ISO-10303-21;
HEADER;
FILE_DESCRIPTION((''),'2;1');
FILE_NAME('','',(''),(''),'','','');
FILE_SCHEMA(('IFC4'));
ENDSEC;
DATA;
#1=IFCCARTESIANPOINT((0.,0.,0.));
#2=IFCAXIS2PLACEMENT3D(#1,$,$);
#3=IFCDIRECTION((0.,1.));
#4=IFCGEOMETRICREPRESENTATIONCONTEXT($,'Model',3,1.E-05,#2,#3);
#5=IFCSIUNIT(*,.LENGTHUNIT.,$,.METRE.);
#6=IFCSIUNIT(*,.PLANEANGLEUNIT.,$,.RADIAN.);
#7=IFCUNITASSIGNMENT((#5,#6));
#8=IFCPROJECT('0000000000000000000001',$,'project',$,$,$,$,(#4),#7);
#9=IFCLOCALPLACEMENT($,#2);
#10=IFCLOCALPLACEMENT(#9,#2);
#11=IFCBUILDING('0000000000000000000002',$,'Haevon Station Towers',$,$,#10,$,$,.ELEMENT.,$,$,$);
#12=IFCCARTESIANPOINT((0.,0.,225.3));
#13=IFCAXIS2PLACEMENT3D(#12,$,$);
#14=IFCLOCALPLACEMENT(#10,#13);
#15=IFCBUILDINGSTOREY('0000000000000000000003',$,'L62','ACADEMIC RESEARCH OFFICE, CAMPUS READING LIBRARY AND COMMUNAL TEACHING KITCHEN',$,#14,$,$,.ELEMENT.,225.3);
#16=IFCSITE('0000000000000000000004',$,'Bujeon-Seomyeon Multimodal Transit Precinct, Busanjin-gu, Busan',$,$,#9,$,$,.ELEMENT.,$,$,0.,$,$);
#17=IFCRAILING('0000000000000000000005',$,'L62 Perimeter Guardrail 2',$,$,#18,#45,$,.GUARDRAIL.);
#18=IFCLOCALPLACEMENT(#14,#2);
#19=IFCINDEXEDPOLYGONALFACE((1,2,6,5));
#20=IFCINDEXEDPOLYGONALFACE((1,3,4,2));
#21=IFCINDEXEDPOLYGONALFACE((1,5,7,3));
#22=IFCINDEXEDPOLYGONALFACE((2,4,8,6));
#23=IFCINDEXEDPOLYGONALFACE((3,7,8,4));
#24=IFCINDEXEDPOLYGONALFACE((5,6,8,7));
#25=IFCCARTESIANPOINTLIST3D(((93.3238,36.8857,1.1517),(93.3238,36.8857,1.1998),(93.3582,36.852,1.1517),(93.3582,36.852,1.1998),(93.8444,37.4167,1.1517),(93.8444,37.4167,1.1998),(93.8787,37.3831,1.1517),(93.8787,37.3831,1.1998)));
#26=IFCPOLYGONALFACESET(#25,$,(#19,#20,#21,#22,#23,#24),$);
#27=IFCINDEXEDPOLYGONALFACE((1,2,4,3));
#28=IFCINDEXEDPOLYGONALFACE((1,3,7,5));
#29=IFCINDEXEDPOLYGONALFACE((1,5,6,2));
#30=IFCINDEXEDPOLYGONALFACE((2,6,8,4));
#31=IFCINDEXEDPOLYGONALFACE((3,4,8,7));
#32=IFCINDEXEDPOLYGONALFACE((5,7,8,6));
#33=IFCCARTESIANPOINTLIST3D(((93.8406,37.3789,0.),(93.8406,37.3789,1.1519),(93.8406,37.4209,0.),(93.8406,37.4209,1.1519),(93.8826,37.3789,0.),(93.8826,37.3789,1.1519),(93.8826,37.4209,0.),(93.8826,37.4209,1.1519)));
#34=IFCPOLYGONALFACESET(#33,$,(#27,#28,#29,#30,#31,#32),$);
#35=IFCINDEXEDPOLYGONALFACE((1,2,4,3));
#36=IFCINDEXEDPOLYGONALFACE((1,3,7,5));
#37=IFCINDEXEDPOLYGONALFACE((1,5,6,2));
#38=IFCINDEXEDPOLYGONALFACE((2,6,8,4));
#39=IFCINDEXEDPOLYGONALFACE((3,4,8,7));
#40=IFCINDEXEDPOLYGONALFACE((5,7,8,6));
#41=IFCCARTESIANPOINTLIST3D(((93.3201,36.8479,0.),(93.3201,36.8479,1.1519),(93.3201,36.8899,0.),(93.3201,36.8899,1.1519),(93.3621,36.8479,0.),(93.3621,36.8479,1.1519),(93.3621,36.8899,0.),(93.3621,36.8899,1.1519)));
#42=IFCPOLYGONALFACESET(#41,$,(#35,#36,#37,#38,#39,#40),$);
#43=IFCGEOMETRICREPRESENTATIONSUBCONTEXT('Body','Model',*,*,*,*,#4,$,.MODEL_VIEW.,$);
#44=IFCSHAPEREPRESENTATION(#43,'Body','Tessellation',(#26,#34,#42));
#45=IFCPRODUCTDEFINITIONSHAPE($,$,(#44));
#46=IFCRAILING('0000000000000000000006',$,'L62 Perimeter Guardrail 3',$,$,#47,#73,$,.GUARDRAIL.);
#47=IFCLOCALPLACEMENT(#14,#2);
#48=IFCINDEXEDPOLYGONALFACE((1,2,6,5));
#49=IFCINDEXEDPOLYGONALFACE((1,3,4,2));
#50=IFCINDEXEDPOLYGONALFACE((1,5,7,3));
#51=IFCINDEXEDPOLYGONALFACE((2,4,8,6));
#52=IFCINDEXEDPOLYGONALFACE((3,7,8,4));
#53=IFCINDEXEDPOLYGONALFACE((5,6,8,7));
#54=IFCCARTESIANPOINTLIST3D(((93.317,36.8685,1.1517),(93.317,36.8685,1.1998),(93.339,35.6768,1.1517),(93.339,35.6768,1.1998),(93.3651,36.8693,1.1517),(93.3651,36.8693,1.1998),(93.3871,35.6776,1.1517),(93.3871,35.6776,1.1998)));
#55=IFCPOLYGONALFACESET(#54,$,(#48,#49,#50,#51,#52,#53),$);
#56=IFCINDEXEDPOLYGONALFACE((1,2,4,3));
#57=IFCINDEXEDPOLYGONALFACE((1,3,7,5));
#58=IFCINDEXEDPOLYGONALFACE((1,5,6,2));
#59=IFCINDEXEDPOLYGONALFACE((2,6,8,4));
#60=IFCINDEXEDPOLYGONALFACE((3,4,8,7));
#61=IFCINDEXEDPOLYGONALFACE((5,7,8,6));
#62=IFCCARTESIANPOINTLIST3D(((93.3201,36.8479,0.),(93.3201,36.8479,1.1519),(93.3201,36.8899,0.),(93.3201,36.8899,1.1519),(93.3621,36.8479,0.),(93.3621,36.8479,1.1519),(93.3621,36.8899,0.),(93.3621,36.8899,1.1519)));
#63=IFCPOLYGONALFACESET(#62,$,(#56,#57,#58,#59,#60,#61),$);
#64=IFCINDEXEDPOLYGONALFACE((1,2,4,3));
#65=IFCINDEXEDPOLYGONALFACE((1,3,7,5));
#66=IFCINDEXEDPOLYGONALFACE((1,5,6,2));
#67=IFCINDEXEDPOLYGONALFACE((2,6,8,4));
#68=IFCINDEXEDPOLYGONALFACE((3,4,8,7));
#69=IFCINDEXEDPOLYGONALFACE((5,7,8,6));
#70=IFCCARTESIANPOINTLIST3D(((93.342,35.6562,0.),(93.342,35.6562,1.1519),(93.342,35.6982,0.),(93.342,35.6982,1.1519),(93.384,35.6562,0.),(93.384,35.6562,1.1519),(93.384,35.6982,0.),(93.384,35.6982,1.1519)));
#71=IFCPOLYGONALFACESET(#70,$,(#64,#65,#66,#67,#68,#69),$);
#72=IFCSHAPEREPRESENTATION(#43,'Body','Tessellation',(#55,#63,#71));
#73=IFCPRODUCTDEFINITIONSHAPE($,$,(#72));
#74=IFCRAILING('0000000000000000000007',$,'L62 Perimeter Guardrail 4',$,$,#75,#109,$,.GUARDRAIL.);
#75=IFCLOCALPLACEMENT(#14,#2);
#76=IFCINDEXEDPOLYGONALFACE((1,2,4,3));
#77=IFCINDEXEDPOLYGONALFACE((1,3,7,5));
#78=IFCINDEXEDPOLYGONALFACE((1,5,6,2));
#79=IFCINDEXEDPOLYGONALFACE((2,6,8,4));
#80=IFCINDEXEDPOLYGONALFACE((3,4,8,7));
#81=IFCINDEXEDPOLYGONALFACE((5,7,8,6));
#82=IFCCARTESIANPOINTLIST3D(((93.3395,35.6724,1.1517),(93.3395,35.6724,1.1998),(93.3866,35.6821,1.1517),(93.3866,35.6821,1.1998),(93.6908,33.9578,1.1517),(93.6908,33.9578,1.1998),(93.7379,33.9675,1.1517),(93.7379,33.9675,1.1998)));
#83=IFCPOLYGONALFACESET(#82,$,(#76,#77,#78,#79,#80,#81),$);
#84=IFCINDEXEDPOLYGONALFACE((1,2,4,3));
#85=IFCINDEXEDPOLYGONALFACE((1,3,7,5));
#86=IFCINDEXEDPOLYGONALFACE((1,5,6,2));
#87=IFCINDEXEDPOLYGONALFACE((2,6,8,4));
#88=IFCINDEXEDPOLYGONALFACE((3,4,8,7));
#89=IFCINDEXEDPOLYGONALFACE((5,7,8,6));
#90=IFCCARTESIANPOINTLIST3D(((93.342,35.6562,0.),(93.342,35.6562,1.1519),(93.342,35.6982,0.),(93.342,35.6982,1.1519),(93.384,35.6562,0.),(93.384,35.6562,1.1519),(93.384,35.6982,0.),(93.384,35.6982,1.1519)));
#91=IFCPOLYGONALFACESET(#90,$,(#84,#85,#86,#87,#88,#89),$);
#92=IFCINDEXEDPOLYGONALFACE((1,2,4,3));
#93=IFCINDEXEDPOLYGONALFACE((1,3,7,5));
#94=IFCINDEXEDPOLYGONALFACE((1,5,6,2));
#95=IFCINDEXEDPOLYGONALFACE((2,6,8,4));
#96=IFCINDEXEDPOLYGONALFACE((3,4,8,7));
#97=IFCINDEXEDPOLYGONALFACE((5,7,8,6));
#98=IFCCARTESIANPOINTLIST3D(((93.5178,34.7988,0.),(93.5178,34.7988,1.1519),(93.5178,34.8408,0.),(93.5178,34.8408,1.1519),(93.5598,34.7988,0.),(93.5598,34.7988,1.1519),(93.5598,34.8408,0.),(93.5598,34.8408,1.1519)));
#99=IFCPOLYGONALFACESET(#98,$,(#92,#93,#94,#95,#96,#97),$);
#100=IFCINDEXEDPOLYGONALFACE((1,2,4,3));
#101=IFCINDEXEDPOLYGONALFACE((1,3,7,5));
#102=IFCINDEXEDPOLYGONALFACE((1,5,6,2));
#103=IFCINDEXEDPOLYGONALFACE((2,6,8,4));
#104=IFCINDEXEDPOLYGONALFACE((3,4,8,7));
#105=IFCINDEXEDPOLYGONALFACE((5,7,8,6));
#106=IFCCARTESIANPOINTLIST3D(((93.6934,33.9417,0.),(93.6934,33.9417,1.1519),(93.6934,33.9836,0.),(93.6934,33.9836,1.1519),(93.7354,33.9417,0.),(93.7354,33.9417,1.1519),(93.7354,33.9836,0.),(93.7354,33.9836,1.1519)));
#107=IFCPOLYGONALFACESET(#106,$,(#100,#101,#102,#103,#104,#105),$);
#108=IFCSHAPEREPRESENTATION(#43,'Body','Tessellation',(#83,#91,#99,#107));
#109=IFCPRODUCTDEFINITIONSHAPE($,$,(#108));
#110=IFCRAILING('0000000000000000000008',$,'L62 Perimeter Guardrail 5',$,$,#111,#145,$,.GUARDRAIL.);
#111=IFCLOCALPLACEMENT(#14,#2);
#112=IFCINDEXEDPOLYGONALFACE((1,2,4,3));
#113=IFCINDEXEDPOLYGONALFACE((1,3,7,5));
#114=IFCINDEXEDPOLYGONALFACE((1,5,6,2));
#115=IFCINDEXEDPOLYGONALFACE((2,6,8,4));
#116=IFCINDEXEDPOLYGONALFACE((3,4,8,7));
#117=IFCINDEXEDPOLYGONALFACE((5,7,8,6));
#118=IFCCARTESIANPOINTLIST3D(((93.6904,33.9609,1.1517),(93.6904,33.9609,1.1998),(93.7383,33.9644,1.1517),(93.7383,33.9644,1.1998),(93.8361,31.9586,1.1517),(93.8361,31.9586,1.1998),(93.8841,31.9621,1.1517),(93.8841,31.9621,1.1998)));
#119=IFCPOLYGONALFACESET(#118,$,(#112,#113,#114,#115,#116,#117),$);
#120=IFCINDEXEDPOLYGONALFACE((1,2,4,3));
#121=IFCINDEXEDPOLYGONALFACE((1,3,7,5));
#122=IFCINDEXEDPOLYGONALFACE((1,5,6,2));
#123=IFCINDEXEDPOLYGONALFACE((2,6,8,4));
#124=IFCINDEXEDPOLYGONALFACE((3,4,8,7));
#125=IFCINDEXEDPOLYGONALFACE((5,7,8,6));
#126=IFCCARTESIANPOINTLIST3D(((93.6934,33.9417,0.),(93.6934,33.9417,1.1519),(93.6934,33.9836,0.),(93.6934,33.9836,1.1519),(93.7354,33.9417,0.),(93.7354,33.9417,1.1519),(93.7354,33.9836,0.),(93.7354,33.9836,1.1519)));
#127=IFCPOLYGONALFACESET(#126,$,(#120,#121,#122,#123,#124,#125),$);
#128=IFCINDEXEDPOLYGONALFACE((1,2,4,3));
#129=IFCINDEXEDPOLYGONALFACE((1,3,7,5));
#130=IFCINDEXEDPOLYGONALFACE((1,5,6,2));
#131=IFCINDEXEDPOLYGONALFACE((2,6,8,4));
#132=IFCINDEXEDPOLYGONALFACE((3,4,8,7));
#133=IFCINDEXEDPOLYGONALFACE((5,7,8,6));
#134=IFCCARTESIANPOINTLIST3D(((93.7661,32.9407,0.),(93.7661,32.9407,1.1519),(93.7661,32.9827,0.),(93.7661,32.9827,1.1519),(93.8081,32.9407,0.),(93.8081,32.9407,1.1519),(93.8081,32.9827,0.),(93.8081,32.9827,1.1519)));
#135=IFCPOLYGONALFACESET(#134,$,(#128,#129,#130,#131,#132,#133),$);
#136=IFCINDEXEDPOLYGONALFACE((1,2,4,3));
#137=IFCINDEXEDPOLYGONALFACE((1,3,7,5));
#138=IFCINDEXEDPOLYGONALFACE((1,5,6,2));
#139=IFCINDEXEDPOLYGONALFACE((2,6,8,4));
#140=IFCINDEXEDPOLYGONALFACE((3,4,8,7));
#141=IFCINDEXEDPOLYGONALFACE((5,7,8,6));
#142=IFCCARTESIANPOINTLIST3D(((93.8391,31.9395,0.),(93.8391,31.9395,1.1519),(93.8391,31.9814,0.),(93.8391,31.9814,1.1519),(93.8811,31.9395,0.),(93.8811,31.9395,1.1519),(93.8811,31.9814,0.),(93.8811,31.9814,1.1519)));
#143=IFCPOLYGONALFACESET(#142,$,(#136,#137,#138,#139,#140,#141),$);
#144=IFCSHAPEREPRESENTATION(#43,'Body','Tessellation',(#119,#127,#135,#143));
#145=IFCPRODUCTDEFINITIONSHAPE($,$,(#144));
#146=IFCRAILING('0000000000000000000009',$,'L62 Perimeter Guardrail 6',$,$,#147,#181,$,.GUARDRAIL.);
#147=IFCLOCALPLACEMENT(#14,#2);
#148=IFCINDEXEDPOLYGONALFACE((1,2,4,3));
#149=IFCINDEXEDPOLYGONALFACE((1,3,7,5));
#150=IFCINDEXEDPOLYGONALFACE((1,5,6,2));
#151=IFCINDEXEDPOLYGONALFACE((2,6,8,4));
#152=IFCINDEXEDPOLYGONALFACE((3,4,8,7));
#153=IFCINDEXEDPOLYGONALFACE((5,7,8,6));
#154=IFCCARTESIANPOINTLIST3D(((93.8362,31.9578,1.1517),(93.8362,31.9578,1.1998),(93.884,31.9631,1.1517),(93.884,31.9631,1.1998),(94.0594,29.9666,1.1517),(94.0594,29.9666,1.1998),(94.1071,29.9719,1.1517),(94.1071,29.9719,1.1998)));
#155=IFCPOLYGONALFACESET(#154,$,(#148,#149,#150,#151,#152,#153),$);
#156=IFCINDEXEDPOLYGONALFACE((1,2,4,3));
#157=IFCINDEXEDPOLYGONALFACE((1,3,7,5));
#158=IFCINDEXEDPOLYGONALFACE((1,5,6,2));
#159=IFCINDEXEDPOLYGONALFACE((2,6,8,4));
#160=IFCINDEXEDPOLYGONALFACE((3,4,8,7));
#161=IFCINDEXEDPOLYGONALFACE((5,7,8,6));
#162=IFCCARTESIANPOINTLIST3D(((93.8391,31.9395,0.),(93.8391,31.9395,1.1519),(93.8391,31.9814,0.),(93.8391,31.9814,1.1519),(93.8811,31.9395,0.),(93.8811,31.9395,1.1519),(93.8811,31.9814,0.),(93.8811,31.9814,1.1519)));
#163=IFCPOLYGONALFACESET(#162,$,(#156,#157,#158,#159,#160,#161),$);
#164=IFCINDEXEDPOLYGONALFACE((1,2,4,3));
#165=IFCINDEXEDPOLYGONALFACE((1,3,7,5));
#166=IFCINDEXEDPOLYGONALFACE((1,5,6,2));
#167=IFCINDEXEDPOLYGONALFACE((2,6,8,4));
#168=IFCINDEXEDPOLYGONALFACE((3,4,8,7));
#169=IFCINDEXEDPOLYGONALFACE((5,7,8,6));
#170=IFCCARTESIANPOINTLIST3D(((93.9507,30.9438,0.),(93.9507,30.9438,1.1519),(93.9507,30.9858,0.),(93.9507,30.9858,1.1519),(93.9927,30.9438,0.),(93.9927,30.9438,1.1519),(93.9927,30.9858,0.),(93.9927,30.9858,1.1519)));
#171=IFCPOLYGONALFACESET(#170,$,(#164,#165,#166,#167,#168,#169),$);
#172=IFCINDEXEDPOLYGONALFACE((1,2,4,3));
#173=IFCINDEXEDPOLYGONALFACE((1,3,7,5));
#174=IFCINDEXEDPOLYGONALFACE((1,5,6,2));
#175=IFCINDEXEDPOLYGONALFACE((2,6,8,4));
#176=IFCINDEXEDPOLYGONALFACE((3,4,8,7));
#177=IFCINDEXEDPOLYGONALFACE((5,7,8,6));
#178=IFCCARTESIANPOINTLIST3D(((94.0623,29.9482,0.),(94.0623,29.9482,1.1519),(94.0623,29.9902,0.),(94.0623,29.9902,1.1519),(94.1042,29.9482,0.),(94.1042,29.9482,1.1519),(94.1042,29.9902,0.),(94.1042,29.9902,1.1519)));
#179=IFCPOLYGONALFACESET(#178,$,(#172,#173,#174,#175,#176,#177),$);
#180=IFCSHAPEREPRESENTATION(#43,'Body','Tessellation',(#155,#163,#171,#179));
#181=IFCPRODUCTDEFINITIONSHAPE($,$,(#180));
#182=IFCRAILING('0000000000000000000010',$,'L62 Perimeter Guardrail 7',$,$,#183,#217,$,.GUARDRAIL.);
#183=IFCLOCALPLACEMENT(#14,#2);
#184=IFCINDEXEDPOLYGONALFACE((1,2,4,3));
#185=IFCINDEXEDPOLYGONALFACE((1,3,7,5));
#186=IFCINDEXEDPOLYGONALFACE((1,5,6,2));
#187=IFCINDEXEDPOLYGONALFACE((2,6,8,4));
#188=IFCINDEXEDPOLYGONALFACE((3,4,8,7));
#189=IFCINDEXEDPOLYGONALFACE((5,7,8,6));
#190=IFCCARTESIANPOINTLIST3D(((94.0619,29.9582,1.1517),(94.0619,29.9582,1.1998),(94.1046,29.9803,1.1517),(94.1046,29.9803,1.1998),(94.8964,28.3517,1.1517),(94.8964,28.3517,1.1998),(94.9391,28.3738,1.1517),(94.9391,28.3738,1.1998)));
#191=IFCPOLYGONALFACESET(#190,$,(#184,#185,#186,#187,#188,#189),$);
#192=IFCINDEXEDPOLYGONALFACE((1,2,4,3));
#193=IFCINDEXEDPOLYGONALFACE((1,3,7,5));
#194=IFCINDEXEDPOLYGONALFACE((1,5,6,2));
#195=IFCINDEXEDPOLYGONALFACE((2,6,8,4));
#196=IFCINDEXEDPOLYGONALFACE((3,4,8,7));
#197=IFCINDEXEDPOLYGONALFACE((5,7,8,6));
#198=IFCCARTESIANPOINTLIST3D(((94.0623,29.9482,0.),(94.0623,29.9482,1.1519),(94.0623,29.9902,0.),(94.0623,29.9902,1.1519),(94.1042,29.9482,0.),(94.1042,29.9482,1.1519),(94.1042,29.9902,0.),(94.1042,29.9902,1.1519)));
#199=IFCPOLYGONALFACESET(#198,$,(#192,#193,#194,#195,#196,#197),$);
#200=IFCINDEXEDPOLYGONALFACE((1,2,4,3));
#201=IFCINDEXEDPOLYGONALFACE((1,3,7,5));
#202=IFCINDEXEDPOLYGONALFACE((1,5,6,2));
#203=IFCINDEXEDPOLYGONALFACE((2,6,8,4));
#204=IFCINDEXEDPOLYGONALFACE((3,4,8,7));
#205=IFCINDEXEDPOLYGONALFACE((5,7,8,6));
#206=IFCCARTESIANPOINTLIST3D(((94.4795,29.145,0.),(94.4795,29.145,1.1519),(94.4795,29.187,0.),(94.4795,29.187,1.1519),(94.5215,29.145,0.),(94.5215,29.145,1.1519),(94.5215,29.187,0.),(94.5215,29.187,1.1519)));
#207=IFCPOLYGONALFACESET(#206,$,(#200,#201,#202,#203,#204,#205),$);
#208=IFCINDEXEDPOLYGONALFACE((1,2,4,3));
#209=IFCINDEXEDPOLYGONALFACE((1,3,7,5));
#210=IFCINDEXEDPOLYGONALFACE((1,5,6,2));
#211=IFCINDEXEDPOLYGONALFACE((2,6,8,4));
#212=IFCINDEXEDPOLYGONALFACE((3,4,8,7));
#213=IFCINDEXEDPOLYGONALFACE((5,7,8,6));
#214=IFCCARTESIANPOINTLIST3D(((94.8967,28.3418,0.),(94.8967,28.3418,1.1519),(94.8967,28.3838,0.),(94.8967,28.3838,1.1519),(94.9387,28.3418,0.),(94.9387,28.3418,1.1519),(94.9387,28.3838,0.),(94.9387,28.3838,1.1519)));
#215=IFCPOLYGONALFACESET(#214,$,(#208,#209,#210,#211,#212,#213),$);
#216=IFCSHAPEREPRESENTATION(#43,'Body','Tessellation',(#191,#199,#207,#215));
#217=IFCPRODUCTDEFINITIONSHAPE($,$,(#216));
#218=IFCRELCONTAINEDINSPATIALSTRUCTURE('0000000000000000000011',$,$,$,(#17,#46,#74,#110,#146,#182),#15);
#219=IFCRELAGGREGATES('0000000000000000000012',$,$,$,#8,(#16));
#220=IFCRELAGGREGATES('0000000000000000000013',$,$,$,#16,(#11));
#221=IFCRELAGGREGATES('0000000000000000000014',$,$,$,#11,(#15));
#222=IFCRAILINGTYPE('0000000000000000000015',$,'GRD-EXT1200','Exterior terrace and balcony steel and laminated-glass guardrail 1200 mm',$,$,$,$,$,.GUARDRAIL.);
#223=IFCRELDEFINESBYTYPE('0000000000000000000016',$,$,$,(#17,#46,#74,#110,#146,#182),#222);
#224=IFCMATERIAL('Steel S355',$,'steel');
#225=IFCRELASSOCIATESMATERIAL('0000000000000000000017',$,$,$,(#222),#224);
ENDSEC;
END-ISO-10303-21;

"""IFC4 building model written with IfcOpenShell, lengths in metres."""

from ifc_helpers import new_model, si_unit, direction, frame, origin, origin_2d, place, context, subcontext, project, spatial, rectangle, extrude, material, type_object, element, save


model = new_model("IFC4")

# Units and contexts
model_context = context("Model", 3, precision=1e-05, world=origin(), true_north=direction((0.0, 1.0)))
body_context = subcontext(model_context, "Body", "Model", "MODEL_VIEW")
ifc_project = project(units=[si_unit("LENGTHUNIT", "METRE"), si_unit("PLANEANGLEUNIT", "RADIAN")], contexts=[model_context])

# Site, building, storey
site_placement = place(None, origin())
site = spatial("IfcSite", under=ifc_project, at=site_placement, Name="Bujeon-Seomyeon Multimodal Transit Precinct, Busanjin-gu, Busan", CompositionType="ELEMENT", RefElevation=0.0)
building_placement = place(site_placement, origin())
building = spatial("IfcBuilding", under=site, at=building_placement, Name="Haevon Station Towers", CompositionType="ELEMENT")
storey_placement = place(building_placement, frame((0.0, 0.0, 225.3)))
storey = spatial("IfcBuildingStorey", under=building, at=storey_placement, Name="L62", Description="ACADEMIC RESEARCH OFFICE, CAMPUS READING LIBRARY AND COMMUNAL TEACHING KITCHEN", CompositionType="ELEMENT", Elevation=225.3)

# Shared definitions
ifc_material_1 = material(Name="Steel S355", Category="steel")

# Railings
railing_type = type_object("IfcRailingType", Name="GRD-EXT1200", Description="Exterior terrace and balcony steel and laminated-glass guardrail 1200 mm", PredefinedType="GUARDRAIL", material=ifc_material_1)
railing_1_placement = place(storey_placement, frame((93.8616, 37.3999, 0.0)))
element("IfcRailing", 1, at=railing_1_placement, inside=storey, type_object=railing_type, Name="L62 Perimeter Guardrail 2", PredefinedType="GUARDRAIL", context=body_context, shape_type="SweptSolid", body=[
    extrude(rectangle(XDim=0.0481, YDim=0.0481, at=origin_2d()), frame((0.0, 0.0, 1.1758), z_axis=(-0.700012, -0.714131, 0.0), x_axis=(0.714131, -0.700012, 0.0)), (0.0, 0.0, 1.0), 0.7437),
    extrude(rectangle(XDim=0.042, YDim=0.042, at=origin_2d()), origin(), (0.0, 0.0, 1.0), 1.1519),
    extrude(rectangle(XDim=0.042, YDim=0.042, at=origin_2d()), frame((-0.5205, -0.531, 0.0)), (0.0, 0.0, 1.0), 1.1519),
])
railing_2_placement = place(storey_placement, frame((93.3411, 36.8689, 0.0)))
element("IfcRailing", 2, at=railing_2_placement, inside=storey, type_object=railing_type, Name="L62 Perimeter Guardrail 3", PredefinedType="GUARDRAIL", context=body_context, shape_type="SweptSolid", body=[
    extrude(rectangle(XDim=0.0481, YDim=0.0481, at=origin_2d()), frame((0.0, 0.0, 1.1758), z_axis=(0.018436, -0.99983, 0.0), x_axis=(0.99983, 0.018436, 0.0)), (0.0, 0.0, 1.0), 1.1919),
    extrude(rectangle(XDim=0.042, YDim=0.042, at=origin_2d()), origin(), (0.0, 0.0, 1.0), 1.1519),
    extrude(rectangle(XDim=0.042, YDim=0.042, at=origin_2d()), frame((0.022, -1.1917, 0.0)), (0.0, 0.0, 1.0), 1.1519),
])
railing_3_placement = place(storey_placement, frame((93.363, 35.6772, 0.0)))
element("IfcRailing", 3, at=railing_3_placement, inside=storey, type_object=railing_type, Name="L62 Perimeter Guardrail 4", PredefinedType="GUARDRAIL", context=body_context, shape_type="SweptSolid", body=[
    extrude(rectangle(XDim=0.0481, YDim=0.0481, at=origin_2d()), frame((0.0, 0.0, 1.1758), z_axis=(0.200728, -0.979647, 0.0), x_axis=(0.979647, 0.200728, 0.0)), (0.0, 0.0, 1.0), 1.7502),
    extrude(rectangle(XDim=0.042, YDim=0.042, at=origin_2d()), origin(), (0.0, 0.0, 1.0), 1.1519),
    extrude(rectangle(XDim=0.042, YDim=0.042, at=origin_2d()), frame((0.1758, -0.8574, 0.0)), (0.0, 0.0, 1.0), 1.1519),
    extrude(rectangle(XDim=0.042, YDim=0.042, at=origin_2d()), frame((0.3513, -1.7146, 0.0)), (0.0, 0.0, 1.0), 1.1519),
])
railing_4_placement = place(storey_placement, frame((93.7144, 33.9626, 0.0)))
element("IfcRailing", 4, at=railing_4_placement, inside=storey, type_object=railing_type, Name="L62 Perimeter Guardrail 5", PredefinedType="GUARDRAIL", context=body_context, shape_type="SweptSolid", body=[
    extrude(rectangle(XDim=0.0481, YDim=0.0481, at=origin_2d()), frame((0.0, 0.0, 1.1758), z_axis=(0.072604, -0.997361, 0.0), x_axis=(0.997361, 0.072604, 0.0)), (0.0, 0.0, 1.0), 2.0076),
    extrude(rectangle(XDim=0.042, YDim=0.042, at=origin_2d()), origin(), (0.0, 0.0, 1.0), 1.1519),
    extrude(rectangle(XDim=0.042, YDim=0.042, at=origin_2d()), frame((0.0728, -1.001, 0.0)), (0.0, 0.0, 1.0), 1.1519),
    extrude(rectangle(XDim=0.042, YDim=0.042, at=origin_2d()), frame((0.1458, -2.0022, 0.0)), (0.0, 0.0, 1.0), 1.1519),
])
railing_5_placement = place(storey_placement, frame((93.8601, 31.9604, 0.0)))
element("IfcRailing", 5, at=railing_5_placement, inside=storey, type_object=railing_type, Name="L62 Perimeter Guardrail 6", PredefinedType="GUARDRAIL", context=body_context, shape_type="SweptSolid", body=[
    extrude(rectangle(XDim=0.0481, YDim=0.0481, at=origin_2d()), frame((0.0, 0.0, 1.1758), z_axis=(0.111368, -0.993779, 0.0), x_axis=(0.993779, 0.111368, 0.0)), (0.0, 0.0, 1.0), 2.0037),
    extrude(rectangle(XDim=0.042, YDim=0.042, at=origin_2d()), origin(), (0.0, 0.0, 1.0), 1.1519),
    extrude(rectangle(XDim=0.042, YDim=0.042, at=origin_2d()), frame((0.1116, -0.9956, 0.0)), (0.0, 0.0, 1.0), 1.1519),
    extrude(rectangle(XDim=0.042, YDim=0.042, at=origin_2d()), frame((0.2231, -1.9912, 0.0)), (0.0, 0.0, 1.0), 1.1519),
])
railing_6_placement = place(storey_placement, frame((94.0833, 29.9692, 0.0)))
element("IfcRailing", 6, at=railing_6_placement, inside=storey, type_object=railing_type, Name="L62 Perimeter Guardrail 7", PredefinedType="GUARDRAIL", context=body_context, shape_type="SweptSolid", body=[
    extrude(rectangle(XDim=0.0481, YDim=0.0481, at=origin_2d()), frame((0.0, 0.0, 1.1758), z_axis=(0.460971, -0.887415, 0.0), x_axis=(0.887415, 0.460971, 0.0)), (0.0, 0.0, 1.0), 1.8103),
    extrude(rectangle(XDim=0.042, YDim=0.042, at=origin_2d()), origin(), (0.0, 0.0, 1.0), 1.1519),
    extrude(rectangle(XDim=0.042, YDim=0.042, at=origin_2d()), frame((0.4172, -0.8032, 0.0)), (0.0, 0.0, 1.0), 1.1519),
    extrude(rectangle(XDim=0.042, YDim=0.042, at=origin_2d()), frame((0.8345, -1.6064, 0.0)), (0.0, 0.0, 1.0), 1.1519),
])

save(model, "model.ifc")
